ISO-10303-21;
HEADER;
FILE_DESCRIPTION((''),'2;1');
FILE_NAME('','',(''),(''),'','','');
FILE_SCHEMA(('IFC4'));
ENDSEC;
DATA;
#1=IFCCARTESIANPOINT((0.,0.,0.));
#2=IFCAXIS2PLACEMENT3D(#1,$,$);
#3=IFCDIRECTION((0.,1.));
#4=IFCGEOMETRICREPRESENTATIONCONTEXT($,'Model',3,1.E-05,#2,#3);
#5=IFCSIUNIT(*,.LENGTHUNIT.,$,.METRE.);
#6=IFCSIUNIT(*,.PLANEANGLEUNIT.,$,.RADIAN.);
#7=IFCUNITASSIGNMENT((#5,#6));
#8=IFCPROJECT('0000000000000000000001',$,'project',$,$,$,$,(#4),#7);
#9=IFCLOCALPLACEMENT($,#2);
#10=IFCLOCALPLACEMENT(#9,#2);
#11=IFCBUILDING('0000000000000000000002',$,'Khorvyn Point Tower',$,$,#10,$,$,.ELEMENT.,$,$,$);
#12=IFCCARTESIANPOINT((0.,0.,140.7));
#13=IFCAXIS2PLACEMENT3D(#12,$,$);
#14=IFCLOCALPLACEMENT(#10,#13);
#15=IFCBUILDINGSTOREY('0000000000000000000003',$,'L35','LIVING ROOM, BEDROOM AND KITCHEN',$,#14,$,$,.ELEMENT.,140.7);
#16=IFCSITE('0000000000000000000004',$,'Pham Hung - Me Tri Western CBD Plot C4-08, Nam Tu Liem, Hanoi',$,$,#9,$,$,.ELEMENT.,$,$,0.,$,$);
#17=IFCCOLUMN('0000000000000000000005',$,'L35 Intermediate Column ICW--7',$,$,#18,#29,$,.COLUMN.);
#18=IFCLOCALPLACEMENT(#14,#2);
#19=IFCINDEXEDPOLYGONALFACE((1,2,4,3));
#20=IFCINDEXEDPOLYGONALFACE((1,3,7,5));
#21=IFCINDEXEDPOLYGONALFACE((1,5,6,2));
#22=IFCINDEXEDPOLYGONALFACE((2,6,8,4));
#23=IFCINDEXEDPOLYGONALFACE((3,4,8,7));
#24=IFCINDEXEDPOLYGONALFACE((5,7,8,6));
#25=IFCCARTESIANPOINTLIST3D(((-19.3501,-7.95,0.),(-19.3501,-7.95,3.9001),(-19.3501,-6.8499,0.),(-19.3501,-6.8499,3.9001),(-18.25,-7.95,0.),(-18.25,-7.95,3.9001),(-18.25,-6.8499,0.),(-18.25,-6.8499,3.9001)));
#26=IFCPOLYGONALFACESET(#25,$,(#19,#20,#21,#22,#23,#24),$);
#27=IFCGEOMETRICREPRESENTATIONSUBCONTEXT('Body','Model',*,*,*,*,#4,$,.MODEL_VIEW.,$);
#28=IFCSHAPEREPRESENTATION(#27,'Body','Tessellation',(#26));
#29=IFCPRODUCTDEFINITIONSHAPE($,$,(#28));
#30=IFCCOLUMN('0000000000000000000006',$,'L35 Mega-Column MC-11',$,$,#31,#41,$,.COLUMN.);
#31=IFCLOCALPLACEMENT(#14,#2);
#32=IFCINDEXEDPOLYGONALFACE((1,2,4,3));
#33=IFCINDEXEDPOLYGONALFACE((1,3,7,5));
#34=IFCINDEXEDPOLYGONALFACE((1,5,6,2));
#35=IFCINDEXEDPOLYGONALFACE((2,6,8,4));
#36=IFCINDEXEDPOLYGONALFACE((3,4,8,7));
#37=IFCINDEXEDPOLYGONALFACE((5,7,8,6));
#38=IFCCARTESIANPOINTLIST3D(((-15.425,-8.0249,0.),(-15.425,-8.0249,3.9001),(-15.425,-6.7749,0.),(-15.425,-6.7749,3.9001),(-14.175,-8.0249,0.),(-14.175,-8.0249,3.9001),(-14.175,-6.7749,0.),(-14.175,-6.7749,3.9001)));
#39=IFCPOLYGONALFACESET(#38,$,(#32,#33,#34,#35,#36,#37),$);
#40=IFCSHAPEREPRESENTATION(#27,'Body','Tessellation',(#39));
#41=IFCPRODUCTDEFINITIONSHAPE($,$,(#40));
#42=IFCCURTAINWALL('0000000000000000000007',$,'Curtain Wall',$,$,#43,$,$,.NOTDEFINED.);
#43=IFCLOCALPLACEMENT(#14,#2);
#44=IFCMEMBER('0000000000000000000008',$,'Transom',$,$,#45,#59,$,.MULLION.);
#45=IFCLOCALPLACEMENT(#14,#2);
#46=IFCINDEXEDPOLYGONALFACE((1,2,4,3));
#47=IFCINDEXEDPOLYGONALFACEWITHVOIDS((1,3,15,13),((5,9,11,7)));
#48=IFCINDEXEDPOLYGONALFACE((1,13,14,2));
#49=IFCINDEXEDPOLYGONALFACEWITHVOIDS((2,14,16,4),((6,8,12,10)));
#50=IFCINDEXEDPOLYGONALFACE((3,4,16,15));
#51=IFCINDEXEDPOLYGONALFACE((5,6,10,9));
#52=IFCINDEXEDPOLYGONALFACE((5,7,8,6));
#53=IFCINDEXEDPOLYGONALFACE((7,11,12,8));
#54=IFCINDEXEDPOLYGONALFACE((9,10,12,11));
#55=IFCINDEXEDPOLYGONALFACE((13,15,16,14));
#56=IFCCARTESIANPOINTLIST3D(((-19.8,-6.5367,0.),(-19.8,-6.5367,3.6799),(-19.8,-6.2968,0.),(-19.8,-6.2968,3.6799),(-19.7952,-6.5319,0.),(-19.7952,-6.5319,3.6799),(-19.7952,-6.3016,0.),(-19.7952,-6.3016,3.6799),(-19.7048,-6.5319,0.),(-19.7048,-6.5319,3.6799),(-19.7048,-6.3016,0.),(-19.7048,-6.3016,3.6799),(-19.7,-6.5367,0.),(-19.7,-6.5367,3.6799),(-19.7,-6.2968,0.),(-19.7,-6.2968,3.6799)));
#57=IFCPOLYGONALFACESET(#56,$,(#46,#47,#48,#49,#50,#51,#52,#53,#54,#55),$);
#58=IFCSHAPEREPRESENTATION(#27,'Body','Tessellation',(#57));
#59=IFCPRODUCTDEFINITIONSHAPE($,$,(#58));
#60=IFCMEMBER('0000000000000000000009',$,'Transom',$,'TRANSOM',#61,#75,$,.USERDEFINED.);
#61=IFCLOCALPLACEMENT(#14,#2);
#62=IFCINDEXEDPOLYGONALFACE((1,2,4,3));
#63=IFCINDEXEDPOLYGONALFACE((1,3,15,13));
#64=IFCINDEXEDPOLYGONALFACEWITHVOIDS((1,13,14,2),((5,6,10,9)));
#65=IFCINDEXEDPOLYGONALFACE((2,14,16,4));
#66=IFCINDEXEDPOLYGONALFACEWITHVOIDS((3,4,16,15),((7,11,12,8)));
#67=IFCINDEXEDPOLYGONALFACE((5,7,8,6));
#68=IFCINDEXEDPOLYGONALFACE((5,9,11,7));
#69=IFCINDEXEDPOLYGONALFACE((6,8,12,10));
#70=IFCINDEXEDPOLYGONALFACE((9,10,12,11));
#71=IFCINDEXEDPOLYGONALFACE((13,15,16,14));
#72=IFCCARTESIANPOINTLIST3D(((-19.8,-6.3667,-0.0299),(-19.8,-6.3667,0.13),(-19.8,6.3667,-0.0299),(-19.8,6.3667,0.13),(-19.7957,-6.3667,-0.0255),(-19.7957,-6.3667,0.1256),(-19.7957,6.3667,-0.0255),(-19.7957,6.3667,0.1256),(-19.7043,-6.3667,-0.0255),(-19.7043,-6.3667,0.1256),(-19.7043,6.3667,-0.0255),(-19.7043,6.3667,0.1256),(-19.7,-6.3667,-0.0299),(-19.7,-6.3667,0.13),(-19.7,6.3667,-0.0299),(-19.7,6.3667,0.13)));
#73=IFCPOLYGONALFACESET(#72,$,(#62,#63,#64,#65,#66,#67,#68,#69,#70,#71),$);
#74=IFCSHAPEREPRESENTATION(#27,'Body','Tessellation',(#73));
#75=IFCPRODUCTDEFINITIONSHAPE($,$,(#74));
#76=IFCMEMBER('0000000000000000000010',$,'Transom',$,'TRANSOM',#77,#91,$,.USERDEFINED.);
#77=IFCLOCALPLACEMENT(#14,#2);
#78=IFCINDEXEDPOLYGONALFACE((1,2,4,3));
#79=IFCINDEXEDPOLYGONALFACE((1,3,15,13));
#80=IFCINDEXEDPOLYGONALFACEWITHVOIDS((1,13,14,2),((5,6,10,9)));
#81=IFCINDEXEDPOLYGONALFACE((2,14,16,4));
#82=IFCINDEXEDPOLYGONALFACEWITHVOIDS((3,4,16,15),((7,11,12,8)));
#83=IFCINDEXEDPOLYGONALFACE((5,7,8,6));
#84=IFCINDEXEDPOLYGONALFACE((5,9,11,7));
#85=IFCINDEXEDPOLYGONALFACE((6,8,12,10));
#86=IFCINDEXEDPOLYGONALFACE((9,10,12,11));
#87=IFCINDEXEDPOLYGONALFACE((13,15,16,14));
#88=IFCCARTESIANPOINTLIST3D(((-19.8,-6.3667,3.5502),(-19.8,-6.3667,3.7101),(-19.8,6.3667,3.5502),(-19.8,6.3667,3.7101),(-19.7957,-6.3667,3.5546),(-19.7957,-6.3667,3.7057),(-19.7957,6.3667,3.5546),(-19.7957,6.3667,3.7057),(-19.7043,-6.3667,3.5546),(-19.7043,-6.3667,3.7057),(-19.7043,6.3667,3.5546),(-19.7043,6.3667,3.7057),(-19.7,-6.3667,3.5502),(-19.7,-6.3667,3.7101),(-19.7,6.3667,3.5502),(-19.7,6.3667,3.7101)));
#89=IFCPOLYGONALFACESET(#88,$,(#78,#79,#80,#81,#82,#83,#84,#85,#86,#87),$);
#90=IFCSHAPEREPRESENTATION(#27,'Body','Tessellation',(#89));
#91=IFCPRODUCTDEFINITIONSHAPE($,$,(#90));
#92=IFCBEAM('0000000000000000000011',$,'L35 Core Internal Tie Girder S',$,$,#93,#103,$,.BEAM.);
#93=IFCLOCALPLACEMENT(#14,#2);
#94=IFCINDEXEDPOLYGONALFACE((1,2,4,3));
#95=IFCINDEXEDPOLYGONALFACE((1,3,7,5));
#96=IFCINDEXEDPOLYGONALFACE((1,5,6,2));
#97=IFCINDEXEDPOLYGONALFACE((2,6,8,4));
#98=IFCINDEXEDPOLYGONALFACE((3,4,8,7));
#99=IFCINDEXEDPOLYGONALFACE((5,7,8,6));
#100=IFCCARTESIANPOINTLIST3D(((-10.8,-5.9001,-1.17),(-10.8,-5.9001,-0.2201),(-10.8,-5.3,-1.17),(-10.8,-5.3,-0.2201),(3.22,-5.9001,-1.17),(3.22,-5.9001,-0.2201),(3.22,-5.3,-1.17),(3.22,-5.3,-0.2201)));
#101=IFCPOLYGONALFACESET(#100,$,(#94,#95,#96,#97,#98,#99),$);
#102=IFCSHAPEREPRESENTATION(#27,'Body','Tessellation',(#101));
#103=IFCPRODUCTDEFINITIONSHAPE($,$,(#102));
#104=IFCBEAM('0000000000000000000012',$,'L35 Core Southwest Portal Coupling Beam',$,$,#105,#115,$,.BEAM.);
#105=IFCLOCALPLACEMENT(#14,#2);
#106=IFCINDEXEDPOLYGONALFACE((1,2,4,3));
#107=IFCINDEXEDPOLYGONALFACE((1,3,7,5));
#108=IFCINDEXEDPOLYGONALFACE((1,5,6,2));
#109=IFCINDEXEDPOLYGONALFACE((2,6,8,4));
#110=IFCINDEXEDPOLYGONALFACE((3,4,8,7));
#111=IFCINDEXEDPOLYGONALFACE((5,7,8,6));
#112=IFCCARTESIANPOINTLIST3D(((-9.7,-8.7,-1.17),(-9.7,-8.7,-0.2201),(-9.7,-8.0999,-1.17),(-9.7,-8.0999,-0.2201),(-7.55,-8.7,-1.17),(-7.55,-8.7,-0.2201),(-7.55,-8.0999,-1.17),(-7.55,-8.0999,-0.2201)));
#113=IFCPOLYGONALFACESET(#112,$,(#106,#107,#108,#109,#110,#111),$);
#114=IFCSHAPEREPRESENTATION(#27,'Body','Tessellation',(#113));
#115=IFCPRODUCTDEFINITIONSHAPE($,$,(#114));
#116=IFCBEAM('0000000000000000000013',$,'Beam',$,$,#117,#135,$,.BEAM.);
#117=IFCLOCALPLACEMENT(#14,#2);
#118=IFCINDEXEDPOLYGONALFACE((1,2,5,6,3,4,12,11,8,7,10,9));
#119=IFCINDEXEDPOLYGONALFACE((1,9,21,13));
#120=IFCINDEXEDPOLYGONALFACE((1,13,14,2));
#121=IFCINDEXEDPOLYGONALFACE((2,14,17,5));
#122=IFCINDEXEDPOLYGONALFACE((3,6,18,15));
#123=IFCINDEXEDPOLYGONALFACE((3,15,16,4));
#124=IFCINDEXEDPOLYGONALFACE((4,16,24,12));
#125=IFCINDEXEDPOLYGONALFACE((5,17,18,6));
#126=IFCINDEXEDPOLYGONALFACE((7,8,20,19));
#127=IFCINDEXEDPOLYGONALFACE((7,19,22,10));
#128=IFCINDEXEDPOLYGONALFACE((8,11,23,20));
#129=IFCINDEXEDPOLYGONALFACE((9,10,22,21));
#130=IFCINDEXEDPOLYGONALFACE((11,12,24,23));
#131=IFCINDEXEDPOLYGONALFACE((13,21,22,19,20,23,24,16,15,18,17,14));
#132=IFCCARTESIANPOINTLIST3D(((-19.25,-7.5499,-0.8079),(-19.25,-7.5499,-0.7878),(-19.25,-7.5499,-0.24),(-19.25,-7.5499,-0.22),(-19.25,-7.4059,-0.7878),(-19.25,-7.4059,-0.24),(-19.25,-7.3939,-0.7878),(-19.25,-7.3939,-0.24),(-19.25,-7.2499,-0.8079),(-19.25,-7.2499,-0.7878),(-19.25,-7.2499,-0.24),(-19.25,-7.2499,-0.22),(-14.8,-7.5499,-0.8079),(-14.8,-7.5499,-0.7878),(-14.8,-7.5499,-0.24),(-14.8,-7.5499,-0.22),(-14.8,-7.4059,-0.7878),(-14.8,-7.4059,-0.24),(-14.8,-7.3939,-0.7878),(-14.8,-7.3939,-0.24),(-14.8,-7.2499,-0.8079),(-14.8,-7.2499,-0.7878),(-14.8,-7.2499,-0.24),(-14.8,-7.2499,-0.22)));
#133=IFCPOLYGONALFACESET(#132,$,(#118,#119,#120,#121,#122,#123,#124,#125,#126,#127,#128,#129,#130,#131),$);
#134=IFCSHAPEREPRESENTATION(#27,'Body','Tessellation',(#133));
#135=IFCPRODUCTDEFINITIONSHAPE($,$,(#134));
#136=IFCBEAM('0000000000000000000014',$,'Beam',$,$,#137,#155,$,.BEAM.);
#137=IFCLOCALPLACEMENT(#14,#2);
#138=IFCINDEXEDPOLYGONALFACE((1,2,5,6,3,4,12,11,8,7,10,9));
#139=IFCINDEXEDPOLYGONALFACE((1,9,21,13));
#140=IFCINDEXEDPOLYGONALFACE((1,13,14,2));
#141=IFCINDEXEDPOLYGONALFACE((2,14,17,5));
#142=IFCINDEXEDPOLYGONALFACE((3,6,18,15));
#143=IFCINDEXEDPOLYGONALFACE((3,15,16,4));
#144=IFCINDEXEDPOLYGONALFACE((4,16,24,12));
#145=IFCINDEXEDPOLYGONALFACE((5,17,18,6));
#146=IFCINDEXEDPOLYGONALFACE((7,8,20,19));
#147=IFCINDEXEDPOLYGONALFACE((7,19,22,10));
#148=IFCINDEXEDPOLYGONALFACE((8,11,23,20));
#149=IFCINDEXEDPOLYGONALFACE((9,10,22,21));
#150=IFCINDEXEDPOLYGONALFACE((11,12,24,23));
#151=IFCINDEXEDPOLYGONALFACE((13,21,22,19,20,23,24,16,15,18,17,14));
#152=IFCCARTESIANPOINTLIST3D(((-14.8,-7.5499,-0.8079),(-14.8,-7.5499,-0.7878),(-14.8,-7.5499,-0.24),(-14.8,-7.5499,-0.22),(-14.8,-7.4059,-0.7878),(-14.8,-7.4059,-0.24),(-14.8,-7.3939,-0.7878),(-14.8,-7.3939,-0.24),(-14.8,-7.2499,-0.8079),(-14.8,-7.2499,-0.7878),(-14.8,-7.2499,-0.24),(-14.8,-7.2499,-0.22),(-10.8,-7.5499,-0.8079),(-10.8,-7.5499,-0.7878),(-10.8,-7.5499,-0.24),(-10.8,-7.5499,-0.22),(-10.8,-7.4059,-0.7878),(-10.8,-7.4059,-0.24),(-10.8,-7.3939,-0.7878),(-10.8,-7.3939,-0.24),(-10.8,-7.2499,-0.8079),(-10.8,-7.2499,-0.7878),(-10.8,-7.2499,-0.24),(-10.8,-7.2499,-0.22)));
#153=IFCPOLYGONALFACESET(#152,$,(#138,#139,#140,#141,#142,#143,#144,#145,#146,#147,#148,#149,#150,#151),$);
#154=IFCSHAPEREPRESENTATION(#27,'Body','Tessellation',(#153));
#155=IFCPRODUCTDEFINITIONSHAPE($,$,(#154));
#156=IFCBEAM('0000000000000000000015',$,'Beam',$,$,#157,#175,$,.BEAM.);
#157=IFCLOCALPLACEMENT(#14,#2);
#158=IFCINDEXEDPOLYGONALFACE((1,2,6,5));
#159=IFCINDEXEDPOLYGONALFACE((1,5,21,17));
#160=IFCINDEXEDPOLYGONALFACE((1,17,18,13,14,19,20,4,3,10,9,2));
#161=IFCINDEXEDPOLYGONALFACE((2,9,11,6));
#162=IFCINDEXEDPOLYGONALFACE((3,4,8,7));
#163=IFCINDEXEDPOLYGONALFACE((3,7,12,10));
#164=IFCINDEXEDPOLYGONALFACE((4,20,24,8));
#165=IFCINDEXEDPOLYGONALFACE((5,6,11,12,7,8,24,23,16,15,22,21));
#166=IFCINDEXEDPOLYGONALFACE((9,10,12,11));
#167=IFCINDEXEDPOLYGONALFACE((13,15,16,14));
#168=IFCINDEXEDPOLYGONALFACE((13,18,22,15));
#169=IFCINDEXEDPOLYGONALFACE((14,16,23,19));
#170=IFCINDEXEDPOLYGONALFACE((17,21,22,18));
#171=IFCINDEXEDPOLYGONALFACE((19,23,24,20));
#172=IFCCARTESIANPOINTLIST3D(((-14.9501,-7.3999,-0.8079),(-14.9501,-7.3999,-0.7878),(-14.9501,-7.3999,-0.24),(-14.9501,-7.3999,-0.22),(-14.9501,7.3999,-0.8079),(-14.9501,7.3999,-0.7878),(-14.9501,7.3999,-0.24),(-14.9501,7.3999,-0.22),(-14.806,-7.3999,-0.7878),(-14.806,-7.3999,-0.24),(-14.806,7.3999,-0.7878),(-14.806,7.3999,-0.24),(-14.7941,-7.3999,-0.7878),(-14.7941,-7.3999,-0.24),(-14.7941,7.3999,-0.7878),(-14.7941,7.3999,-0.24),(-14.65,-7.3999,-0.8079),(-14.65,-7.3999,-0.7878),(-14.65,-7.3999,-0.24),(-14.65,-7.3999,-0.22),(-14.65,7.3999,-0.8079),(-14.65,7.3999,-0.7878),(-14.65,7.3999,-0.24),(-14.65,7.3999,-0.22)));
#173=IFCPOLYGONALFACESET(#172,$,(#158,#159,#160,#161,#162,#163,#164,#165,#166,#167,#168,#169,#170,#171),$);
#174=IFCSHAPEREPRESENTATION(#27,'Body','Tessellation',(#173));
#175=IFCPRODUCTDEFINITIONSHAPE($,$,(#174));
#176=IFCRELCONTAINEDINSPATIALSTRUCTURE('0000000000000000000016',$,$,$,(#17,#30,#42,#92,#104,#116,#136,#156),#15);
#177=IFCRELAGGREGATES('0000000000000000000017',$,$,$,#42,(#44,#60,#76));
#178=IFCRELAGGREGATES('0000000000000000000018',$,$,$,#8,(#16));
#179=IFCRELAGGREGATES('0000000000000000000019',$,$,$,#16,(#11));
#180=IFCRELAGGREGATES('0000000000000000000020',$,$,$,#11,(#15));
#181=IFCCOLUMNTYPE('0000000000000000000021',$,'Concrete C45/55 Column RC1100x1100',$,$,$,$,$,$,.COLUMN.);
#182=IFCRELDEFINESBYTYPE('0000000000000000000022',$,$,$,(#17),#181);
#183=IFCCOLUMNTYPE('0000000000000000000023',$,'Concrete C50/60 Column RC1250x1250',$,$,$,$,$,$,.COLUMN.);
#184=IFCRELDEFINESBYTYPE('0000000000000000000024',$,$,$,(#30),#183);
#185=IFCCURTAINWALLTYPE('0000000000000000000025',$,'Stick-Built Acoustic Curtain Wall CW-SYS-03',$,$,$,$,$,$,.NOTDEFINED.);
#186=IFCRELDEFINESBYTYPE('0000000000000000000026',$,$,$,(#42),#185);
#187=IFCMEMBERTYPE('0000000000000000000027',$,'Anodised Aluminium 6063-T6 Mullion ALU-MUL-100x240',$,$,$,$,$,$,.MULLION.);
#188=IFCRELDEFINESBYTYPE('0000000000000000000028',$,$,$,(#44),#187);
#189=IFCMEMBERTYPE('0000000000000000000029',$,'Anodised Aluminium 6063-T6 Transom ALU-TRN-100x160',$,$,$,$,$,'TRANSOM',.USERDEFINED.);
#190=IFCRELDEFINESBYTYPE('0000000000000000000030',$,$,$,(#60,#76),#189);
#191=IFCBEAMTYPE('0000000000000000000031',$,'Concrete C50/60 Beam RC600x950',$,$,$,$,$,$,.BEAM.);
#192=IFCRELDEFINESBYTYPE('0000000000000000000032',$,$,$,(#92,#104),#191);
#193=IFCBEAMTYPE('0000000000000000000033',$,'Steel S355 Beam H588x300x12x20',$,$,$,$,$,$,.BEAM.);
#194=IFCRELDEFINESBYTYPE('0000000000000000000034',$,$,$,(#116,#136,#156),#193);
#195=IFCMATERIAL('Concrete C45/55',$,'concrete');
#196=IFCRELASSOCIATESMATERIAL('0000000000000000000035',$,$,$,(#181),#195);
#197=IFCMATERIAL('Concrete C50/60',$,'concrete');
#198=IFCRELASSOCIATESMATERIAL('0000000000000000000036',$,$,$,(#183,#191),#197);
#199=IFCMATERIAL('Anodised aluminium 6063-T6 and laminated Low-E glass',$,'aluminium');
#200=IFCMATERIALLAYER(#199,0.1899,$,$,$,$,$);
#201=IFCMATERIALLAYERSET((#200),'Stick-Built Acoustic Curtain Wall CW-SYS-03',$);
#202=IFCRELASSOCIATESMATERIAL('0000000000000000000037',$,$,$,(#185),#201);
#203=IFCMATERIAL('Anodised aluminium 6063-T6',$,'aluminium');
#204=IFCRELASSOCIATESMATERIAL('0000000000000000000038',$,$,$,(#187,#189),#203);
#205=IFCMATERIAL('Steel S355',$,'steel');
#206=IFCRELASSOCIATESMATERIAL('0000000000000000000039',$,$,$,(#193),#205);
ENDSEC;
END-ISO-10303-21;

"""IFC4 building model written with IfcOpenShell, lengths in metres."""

from ifc_helpers import new_model, si_unit, direction, frame, origin, origin_2d, place, context, subcontext, project, spatial, rectangle, hollow_rectangle, i_section, extrude, material, layer, layer_set, material_profile, profile_set, type_object, element, aggregate, save


model = new_model("IFC4")

# Units and contexts
model_context = context("Model", 3, precision=1e-05, world=origin(), true_north=direction((0.0, 1.0)))
body_context = subcontext(model_context, "Body", "Model", "MODEL_VIEW")
ifc_project = project(units=[si_unit("LENGTHUNIT", "METRE"), si_unit("PLANEANGLEUNIT", "RADIAN")], contexts=[model_context])

# Site, building, storey
site_placement = place(None, origin())
site = spatial("IfcSite", under=ifc_project, at=site_placement, Name="Pham Hung - Me Tri Western CBD Plot C4-08, Nam Tu Liem, Hanoi", CompositionType="ELEMENT", RefElevation=0.0)
building_placement = place(site_placement, origin())
building = spatial("IfcBuilding", under=site, at=building_placement, Name="Khorvyn Point Tower", CompositionType="ELEMENT")
storey_placement = place(building_placement, frame((0.0, 0.0, 140.7)))
storey = spatial("IfcBuildingStorey", under=building, at=storey_placement, Name="L35", Description="LIVING ROOM, BEDROOM AND KITCHEN", CompositionType="ELEMENT", Elevation=140.7)

# Columns
ifc_material_1 = material(Name="Concrete C45/55", Category="concrete")
ifc_material_profile_1 = material_profile(ifc_material_1, rectangle(XDim=1.1001, YDim=1.1001, at=origin_2d()))
ifc_profile_set_1 = profile_set([ifc_material_profile_1], Name="Concrete C45/55 RC1100x1100")
column_type_1 = type_object("IfcColumnType", Name="Concrete C45/55 Column RC1100x1100", PredefinedType="COLUMN", material=ifc_profile_set_1)
column_1_placement = place(storey_placement, frame((-18.8, -7.3999, 0.0), z_axis=(0.0, 0.0, 1.0), x_axis=(1.0, 0.0, 0.0)))
element("IfcColumn", 1, at=column_1_placement, inside=storey, type_object=column_type_1, Name="L35 Intermediate Column ICW--7", PredefinedType="COLUMN", context=body_context, shape_type="SweptSolid", body=[
    extrude(rectangle(XDim=1.1001, YDim=1.1001, at=origin_2d()), origin(), (0.0, 0.0, 1.0), 3.9001),
])
ifc_material_2 = material(Name="Concrete C50/60", Category="concrete")
ifc_material_profile_2 = material_profile(ifc_material_2, rectangle(XDim=1.25, YDim=1.25, at=origin_2d()))
ifc_profile_set_2 = profile_set([ifc_material_profile_2], Name="Concrete C50/60 RC1250x1250")
column_type_2 = type_object("IfcColumnType", Name="Concrete C50/60 Column RC1250x1250", PredefinedType="COLUMN", material=ifc_profile_set_2)
column_2_placement = place(storey_placement, frame((-14.8, -7.3999, 0.0), z_axis=(0.0, 0.0, 1.0), x_axis=(1.0, 0.0, 0.0)))
element("IfcColumn", 2, at=column_2_placement, inside=storey, type_object=column_type_2, Name="L35 Mega-Column MC-11", PredefinedType="COLUMN", context=body_context, shape_type="SweptSolid", body=[
    extrude(rectangle(XDim=1.25, YDim=1.25, at=origin_2d()), origin(), (0.0, 0.0, 1.0), 3.9001),
])

# Curtain wall, members
ifc_material_3 = material(Name="Anodised aluminium 6063-T6 and laminated Low-E glass", Category="aluminium")
ifc_layer_1 = layer(ifc_material_3, 0.1899)
ifc_layer_set_1 = layer_set([ifc_layer_1], Name="Stick-Built Acoustic Curtain Wall CW-SYS-03")
curtain_wall_type = type_object("IfcCurtainWallType", Name="Stick-Built Acoustic Curtain Wall CW-SYS-03", PredefinedType="NOTDEFINED", material=ifc_layer_set_1)
curtain_wall_placement = place(storey_placement, origin())
curtain_wall = element("IfcCurtainWall", 3, at=curtain_wall_placement, inside=storey, type_object=curtain_wall_type, Name="Curtain Wall", PredefinedType="NOTDEFINED")
ifc_material_4 = material(Name="Anodised aluminium 6063-T6", Category="aluminium")
ifc_material_profile_3 = material_profile(ifc_material_4, hollow_rectangle(XDim=0.1001, YDim=0.24, WallThickness=0.0049, at=origin_2d()))
ifc_profile_set_3 = profile_set([ifc_material_profile_3], Name="Anodised aluminium 6063-T6 ALU-MUL-100x240")
member_type_1 = type_object("IfcMemberType", Name="Anodised Aluminium 6063-T6 Mullion ALU-MUL-100x240", PredefinedType="MULLION", material=ifc_profile_set_3)
member_1_placement = place(storey_placement, frame((-19.75, -6.4167, 0.0), z_axis=(0.0, 0.0, 1.0), x_axis=(-1.0, 0.0, 0.0)))
member_1 = element("IfcMember", 4, at=member_1_placement, type_object=member_type_1, Name="Transom", PredefinedType="MULLION", context=body_context, shape_type="SweptSolid", body=[
    extrude(hollow_rectangle(XDim=0.1001, YDim=0.24, WallThickness=0.0049, at=origin_2d()), origin(), (0.0, 0.0, 1.0), 3.6799),
])
ifc_material_profile_4 = material_profile(ifc_material_4, hollow_rectangle(XDim=0.1001, YDim=0.1599, WallThickness=0.0044, at=origin_2d()))
ifc_profile_set_4 = profile_set([ifc_material_profile_4], Name="Anodised aluminium 6063-T6 ALU-TRN-100x160")
member_type_2 = type_object("IfcMemberType", Name="Anodised Aluminium 6063-T6 Transom ALU-TRN-100x160", ElementType="TRANSOM", PredefinedType="USERDEFINED", material=ifc_profile_set_4)
member_2_placement = place(storey_placement, frame((-19.75, -6.3667, 0.05), z_axis=(0.0, 1.0, 0.0), x_axis=(-1.0, 0.0, 0.0)))
member_2 = element("IfcMember", 5, at=member_2_placement, type_object=member_type_2, Name="Transom", ObjectType="TRANSOM", PredefinedType="USERDEFINED", context=body_context, shape_type="SweptSolid", body=[
    extrude(hollow_rectangle(XDim=0.1001, YDim=0.1599, WallThickness=0.0044, at=origin_2d()), origin(), (0.0, 0.0, 1.0), 12.7334),
])
member_3_placement = place(storey_placement, frame((-19.75, -6.3667, 3.6301), z_axis=(0.0, 1.0, 0.0), x_axis=(-1.0, 0.0, 0.0)))
member_3 = element("IfcMember", 6, at=member_3_placement, type_object=member_type_2, Name="Transom", ObjectType="TRANSOM", PredefinedType="USERDEFINED", context=body_context, shape_type="SweptSolid", body=[
    extrude(hollow_rectangle(XDim=0.1001, YDim=0.1599, WallThickness=0.0044, at=origin_2d()), origin(), (0.0, 0.0, 1.0), 12.7334),
])

# Beams
ifc_material_profile_5 = material_profile(ifc_material_2, rectangle(XDim=0.6001, YDim=0.95, at=origin_2d()))
ifc_profile_set_5 = profile_set([ifc_material_profile_5], Name="Concrete C50/60 RC600x950")
beam_type_1 = type_object("IfcBeamType", Name="Concrete C50/60 Beam RC600x950", PredefinedType="BEAM", material=ifc_profile_set_5)
beam_1_placement = place(storey_placement, frame((-10.8, -5.6001, -0.6951), z_axis=(1.0, 0.0, 0.0), x_axis=(0.0, 1.0, 0.0)))
element("IfcBeam", 7, at=beam_1_placement, inside=storey, type_object=beam_type_1, Name="L35 Core Internal Tie Girder S", PredefinedType="BEAM", context=body_context, shape_type="SweptSolid", body=[
    extrude(rectangle(XDim=0.6001, YDim=0.95, at=origin_2d()), origin(), (0.0, 0.0, 1.0), 14.02),
])
beam_2_placement = place(storey_placement, frame((-9.7, -8.3999, -0.6951), z_axis=(1.0, 0.0, 0.0), x_axis=(0.0, 1.0, 0.0)))
element("IfcBeam", 8, at=beam_2_placement, inside=storey, type_object=beam_type_1, Name="L35 Core Southwest Portal Coupling Beam", PredefinedType="BEAM", context=body_context, shape_type="SweptSolid", body=[
    extrude(rectangle(XDim=0.6001, YDim=0.95, at=origin_2d()), origin(), (0.0, 0.0, 1.0), 2.1499),
])
ifc_material_5 = material(Name="Steel S355", Category="steel")
ifc_material_profile_6 = material_profile(ifc_material_5, i_section(OverallWidth=0.3, OverallDepth=0.5879, WebThickness=0.012, FlangeThickness=0.02, at=origin_2d()))
ifc_profile_set_6 = profile_set([ifc_material_profile_6], Name="Steel S355 H588x300x12x20")
beam_type_2 = type_object("IfcBeamType", Name="Steel S355 Beam H588x300x12x20", PredefinedType="BEAM", material=ifc_profile_set_6)
beam_3_placement = place(storey_placement, frame((-19.25, -7.3999, -0.5139), z_axis=(1.0, 0.0, 0.0), x_axis=(0.0, 1.0, 0.0)))
element("IfcBeam", 9, at=beam_3_placement, inside=storey, type_object=beam_type_2, Name="Beam", PredefinedType="BEAM", context=body_context, shape_type="SweptSolid", body=[
    extrude(i_section(OverallWidth=0.3, OverallDepth=0.5879, WebThickness=0.012, FlangeThickness=0.02, at=origin_2d()), origin(), (0.0, 0.0, 1.0), 4.45),
])
beam_4_placement = place(storey_placement, frame((-14.8, -7.3999, -0.5139), z_axis=(1.0, 0.0, 0.0), x_axis=(0.0, 1.0, 0.0)))
element("IfcBeam", 10, at=beam_4_placement, inside=storey, type_object=beam_type_2, Name="Beam", PredefinedType="BEAM", context=body_context, shape_type="SweptSolid", body=[
    extrude(i_section(OverallWidth=0.3, OverallDepth=0.5879, WebThickness=0.012, FlangeThickness=0.02, at=origin_2d()), origin(), (0.0, 0.0, 1.0), 4.0),
])
for number, where, z_axis, x_axis, name in (
    (11, (-14.8, -7.3999, -0.5139), (0.0, 1.0, 0.0), (-1.0, 0.0, 0.0), "Beam"),
):
    element("IfcBeam", number, at=place(storey_placement, frame(where, z_axis=z_axis, x_axis=x_axis)), inside=storey, type_object=beam_type_2, Name=name, PredefinedType="BEAM", context=body_context, shape_type="SweptSolid", body=[
        extrude(i_section(OverallWidth=0.3, OverallDepth=0.5879, WebThickness=0.012, FlangeThickness=0.02, at=origin_2d()), origin(), (0.0, 0.0, 1.0), 14.7998),
    ])

aggregate(curtain_wall, [member_1, member_2, member_3])

save(model, "model.ifc")
